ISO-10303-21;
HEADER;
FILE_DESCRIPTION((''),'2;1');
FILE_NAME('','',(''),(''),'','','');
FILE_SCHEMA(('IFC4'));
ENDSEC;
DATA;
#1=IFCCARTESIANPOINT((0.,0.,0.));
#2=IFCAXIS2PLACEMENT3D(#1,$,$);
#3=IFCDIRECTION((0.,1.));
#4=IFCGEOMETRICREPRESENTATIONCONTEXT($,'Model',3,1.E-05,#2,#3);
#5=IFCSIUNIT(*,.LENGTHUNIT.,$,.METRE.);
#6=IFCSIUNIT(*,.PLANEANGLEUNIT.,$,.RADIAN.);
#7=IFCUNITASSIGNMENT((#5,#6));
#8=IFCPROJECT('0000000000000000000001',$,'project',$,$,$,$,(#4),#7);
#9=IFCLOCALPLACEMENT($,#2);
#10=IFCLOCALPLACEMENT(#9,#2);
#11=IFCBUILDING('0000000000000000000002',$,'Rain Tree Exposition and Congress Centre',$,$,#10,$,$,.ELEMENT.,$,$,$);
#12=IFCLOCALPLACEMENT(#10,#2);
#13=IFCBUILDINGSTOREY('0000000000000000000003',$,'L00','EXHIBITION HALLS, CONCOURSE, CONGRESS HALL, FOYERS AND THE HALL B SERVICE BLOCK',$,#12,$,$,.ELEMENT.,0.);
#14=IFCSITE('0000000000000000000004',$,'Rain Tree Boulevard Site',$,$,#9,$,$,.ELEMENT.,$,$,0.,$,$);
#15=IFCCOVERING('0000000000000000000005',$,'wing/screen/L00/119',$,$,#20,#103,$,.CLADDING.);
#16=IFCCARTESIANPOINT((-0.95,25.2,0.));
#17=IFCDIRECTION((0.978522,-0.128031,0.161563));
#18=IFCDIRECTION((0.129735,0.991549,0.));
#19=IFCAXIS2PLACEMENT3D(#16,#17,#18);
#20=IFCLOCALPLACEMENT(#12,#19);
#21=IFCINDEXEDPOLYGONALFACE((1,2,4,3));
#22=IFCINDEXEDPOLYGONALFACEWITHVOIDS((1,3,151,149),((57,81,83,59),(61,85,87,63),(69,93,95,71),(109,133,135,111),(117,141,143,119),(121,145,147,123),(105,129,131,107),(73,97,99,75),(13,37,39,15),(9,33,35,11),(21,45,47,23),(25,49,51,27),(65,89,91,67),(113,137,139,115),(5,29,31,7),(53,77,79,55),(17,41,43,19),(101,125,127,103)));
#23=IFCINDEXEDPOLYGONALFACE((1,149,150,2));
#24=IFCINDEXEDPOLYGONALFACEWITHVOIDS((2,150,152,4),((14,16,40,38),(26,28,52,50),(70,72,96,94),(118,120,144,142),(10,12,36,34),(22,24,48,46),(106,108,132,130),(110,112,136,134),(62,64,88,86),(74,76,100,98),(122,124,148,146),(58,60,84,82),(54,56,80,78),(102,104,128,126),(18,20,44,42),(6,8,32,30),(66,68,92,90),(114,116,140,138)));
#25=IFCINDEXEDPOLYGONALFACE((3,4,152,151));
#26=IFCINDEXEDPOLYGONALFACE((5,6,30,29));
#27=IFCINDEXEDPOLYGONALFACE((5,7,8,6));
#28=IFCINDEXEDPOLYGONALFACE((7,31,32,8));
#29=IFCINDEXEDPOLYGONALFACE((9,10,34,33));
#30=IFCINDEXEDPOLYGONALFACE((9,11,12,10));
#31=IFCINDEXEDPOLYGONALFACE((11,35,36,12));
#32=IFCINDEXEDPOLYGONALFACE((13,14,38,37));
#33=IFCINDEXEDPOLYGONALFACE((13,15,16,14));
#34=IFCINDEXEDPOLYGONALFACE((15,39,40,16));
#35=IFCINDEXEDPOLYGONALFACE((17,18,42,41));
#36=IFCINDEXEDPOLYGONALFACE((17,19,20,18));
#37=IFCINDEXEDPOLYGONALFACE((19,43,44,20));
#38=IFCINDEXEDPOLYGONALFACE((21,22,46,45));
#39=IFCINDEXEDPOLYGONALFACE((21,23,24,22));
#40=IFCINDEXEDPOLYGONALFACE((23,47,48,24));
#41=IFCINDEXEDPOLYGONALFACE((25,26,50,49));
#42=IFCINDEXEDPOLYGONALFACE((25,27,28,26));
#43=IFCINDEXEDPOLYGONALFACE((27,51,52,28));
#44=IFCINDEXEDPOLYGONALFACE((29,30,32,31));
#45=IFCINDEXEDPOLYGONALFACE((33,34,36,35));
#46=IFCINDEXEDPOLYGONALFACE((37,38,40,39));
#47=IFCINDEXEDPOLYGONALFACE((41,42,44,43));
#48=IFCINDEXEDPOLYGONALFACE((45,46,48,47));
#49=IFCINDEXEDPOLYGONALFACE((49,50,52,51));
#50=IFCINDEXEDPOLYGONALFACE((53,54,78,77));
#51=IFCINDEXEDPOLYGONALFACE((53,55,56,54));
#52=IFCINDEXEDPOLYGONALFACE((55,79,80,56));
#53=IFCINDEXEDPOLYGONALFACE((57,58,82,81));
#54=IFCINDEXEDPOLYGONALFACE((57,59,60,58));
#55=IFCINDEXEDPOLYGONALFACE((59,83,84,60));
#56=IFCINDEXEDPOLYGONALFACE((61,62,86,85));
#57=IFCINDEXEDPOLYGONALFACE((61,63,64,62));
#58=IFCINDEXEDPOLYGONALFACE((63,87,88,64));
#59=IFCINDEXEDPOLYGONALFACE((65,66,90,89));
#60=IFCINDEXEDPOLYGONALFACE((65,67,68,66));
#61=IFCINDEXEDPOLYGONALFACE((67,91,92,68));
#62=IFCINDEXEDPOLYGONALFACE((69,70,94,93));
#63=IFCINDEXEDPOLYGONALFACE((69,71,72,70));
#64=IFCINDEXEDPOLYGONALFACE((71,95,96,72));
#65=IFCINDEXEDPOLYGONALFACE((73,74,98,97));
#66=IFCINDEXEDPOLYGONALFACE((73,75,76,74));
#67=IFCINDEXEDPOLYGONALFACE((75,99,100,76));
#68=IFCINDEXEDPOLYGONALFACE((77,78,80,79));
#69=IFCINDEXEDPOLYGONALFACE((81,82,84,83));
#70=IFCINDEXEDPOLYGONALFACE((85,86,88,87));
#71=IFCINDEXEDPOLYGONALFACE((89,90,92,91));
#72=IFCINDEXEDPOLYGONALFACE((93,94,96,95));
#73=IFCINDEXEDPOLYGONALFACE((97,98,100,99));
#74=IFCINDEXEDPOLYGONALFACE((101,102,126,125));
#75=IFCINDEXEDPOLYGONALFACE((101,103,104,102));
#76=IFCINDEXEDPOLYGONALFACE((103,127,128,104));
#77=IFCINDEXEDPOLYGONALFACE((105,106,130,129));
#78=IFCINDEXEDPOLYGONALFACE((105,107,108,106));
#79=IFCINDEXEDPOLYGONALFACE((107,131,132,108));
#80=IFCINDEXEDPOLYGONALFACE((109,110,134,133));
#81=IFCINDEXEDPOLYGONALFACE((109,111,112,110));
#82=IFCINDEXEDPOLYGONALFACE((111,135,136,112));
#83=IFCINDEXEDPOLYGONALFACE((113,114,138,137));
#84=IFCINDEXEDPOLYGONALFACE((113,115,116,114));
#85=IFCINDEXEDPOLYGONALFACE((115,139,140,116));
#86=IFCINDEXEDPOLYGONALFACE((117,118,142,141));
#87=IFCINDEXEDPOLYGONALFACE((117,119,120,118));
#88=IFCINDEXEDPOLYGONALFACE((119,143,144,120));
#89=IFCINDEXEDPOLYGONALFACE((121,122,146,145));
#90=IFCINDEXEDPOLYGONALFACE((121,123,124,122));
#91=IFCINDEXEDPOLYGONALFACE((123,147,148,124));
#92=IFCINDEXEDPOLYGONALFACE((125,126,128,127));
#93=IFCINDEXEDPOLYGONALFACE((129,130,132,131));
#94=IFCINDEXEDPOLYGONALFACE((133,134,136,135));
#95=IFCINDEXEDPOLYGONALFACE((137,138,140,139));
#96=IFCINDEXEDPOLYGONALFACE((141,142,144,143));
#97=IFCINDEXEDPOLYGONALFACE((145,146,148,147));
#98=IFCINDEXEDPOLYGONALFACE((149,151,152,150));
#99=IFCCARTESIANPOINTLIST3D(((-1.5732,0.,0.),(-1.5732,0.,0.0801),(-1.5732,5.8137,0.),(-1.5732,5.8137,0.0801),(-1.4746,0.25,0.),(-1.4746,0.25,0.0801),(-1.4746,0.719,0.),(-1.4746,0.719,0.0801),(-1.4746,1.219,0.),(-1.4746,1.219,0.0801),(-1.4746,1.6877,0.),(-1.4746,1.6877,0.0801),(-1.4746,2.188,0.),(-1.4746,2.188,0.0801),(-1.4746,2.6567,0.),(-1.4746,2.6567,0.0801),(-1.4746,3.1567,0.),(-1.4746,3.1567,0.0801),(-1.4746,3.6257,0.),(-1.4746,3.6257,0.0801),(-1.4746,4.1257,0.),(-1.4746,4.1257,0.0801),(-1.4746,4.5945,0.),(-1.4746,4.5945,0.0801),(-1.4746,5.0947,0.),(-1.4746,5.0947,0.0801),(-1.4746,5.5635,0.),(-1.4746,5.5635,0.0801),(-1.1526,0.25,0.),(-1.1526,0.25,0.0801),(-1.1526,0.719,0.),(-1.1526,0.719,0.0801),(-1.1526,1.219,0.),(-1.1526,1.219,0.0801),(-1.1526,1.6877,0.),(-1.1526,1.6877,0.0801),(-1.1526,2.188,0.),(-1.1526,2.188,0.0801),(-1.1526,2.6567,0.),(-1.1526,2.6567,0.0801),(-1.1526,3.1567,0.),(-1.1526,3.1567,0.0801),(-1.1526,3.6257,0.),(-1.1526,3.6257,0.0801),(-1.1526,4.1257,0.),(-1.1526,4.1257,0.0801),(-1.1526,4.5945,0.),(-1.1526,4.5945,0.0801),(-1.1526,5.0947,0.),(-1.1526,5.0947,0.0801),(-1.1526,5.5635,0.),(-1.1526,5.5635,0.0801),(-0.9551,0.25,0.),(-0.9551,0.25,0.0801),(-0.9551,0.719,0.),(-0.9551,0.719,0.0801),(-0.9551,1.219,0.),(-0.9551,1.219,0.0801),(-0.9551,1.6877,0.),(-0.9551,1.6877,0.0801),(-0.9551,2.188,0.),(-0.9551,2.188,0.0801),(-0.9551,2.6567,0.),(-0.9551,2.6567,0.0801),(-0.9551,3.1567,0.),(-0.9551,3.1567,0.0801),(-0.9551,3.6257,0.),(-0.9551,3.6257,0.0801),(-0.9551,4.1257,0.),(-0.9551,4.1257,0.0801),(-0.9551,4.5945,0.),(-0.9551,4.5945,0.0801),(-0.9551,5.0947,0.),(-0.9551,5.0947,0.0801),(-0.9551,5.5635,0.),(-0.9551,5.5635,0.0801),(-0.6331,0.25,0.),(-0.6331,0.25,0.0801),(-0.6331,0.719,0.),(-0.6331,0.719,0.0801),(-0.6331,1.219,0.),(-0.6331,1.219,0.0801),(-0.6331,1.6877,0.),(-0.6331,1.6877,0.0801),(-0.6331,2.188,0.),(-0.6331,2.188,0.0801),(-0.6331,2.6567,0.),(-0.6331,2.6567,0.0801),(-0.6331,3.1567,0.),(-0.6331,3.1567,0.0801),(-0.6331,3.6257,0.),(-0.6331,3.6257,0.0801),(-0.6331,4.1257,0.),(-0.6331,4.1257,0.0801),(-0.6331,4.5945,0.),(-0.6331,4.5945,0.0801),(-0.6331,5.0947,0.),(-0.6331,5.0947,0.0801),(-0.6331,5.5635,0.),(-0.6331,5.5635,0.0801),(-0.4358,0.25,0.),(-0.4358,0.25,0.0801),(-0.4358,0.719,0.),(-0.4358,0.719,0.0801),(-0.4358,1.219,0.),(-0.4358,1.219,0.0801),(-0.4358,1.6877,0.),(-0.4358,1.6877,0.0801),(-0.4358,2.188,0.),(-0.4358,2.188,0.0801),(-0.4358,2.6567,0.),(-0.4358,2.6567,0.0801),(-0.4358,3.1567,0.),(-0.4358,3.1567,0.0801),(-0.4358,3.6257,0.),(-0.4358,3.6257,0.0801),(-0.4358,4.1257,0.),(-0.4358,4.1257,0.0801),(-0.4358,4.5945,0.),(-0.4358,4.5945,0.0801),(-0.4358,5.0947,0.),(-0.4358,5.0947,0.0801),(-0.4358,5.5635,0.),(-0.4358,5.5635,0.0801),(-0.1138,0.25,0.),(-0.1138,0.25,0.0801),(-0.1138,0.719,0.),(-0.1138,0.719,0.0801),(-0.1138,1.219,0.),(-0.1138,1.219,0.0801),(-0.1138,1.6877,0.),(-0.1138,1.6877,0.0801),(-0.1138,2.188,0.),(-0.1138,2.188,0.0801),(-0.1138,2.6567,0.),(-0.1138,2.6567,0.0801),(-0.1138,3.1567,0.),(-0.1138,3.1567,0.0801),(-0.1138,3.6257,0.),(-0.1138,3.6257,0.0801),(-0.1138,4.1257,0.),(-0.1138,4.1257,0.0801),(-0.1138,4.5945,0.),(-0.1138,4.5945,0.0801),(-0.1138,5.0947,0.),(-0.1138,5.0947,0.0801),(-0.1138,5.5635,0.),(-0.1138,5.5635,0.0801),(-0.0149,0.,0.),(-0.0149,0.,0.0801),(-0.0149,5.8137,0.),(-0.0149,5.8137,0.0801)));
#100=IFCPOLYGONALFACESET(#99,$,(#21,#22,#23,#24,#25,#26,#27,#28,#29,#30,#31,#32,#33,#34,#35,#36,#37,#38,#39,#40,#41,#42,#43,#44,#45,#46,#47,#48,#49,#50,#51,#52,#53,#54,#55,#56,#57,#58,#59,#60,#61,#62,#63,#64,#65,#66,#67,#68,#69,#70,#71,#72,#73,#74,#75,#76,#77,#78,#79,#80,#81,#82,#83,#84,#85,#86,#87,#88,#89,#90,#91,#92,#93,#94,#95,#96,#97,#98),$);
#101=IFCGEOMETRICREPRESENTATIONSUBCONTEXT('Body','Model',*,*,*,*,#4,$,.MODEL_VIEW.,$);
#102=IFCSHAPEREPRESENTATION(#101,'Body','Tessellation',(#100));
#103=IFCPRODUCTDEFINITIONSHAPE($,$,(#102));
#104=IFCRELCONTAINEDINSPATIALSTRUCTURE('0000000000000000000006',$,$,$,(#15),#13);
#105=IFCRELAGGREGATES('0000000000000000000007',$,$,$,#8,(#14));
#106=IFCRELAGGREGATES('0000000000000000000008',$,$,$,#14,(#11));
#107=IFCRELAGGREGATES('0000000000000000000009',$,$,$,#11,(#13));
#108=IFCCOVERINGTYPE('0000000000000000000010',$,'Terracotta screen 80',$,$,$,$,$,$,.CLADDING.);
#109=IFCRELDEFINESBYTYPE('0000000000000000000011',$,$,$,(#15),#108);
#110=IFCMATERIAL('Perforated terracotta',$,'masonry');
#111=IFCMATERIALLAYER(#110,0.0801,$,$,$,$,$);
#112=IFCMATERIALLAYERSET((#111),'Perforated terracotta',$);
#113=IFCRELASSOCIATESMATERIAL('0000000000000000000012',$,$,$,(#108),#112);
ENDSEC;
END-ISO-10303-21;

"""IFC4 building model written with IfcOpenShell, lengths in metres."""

from ifc_helpers import new_model, si_unit, direction, frame, origin, place, context, subcontext, project, spatial, polyline, outline, extrude, material, layer, layer_set, type_object, element, save


model = new_model("IFC4")

# Units and contexts
model_context = context("Model", 3, precision=1e-05, world=origin(), true_north=direction((0.0, 1.0)))
body_context = subcontext(model_context, "Body", "Model", "MODEL_VIEW")
ifc_project = project(units=[si_unit("LENGTHUNIT", "METRE"), si_unit("PLANEANGLEUNIT", "RADIAN")], contexts=[model_context])

# Site, building, storey
site_placement = place(None, origin())
site = spatial("IfcSite", under=ifc_project, at=site_placement, Name="Rain Tree Boulevard Site", CompositionType="ELEMENT", RefElevation=0.0)
building_placement = place(site_placement, origin())
building = spatial("IfcBuilding", under=site, at=building_placement, Name="Rain Tree Exposition and Congress Centre", CompositionType="ELEMENT")
storey_placement = place(building_placement, origin())
storey = spatial("IfcBuildingStorey", under=building, at=storey_placement, Name="L00", Description="EXHIBITION HALLS, CONCOURSE, CONGRESS HALL, FOYERS AND THE HALL B SERVICE BLOCK", CompositionType="ELEMENT", Elevation=0.0)

# Covering
ifc_material_1 = material(Name="Perforated terracotta", Category="masonry")
ifc_layer_1 = layer(ifc_material_1, 0.0801)
ifc_layer_set_1 = layer_set([ifc_layer_1], Name="Perforated terracotta")
covering_type = type_object("IfcCoveringType", Name="Terracotta screen 80", PredefinedType="CLADDING", material=ifc_layer_set_1)
covering_1_placement = place(storey_placement, frame((-0.95, 25.2, 0.0), z_axis=(0.978522, -0.128031, 0.161563), x_axis=(0.129735, 0.991549, 0.0)))
element("IfcCovering", 1, at=covering_1_placement, inside=storey, type_object=covering_type, Name="wing/screen/L00/119", PredefinedType="CLADDING", context=body_context, shape_type="SweptSolid", body=[
    extrude(outline(polyline([(-1.5732, 0.0), (-1.5732, 5.8137), (-0.0149, 5.8137), (-0.0149, 0.0), (-1.5732, 0.0)]), holes=[polyline([(-0.1138, 0.25), (-0.1138, 0.719), (-0.4358, 0.719), (-0.4358, 0.25), (-0.1138, 0.25)]), polyline([(-0.1138, 1.219), (-0.1138, 1.6877), (-0.4358, 1.6877), (-0.4358, 1.219), (-0.1138, 1.219)]), polyline([(-0.1138, 2.188), (-0.1138, 2.6567), (-0.4358, 2.6567), (-0.4358, 2.188), (-0.1138, 2.188)]), polyline([(-0.1138, 3.1567), (-0.1138, 3.6257), (-0.4358, 3.6257), (-0.4358, 3.1567), (-0.1138, 3.1567)]), polyline([(-0.1138, 4.1257), (-0.1138, 4.5945), (-0.4358, 4.5945), (-0.4358, 4.1257), (-0.1138, 4.1257)]), polyline([(-0.1138, 5.0947), (-0.1138, 5.5635), (-0.4358, 5.5635), (-0.4358, 5.0947), (-0.1138, 5.0947)]), polyline([(-0.6331, 0.25), (-0.6331, 0.719), (-0.9551, 0.719), (-0.9551, 0.25), (-0.6331, 0.25)]), polyline([(-0.6331, 1.219), (-0.6331, 1.6877), (-0.9551, 1.6877), (-0.9551, 1.219), (-0.6331, 1.219)]), polyline([(-0.6331, 2.188), (-0.6331, 2.6567), (-0.9551, 2.6567), (-0.9551, 2.188), (-0.6331, 2.188)]), polyline([(-0.6331, 3.1567), (-0.6331, 3.6257), (-0.9551, 3.6257), (-0.9551, 3.1567), (-0.6331, 3.1567)]), polyline([(-0.6331, 4.1257), (-0.6331, 4.5945), (-0.9551, 4.5945), (-0.9551, 4.1257), (-0.6331, 4.1257)]), polyline([(-0.6331, 5.0947), (-0.6331, 5.5635), (-0.9551, 5.5635), (-0.9551, 5.0947), (-0.6331, 5.0947)]), polyline([(-1.1526, 0.25), (-1.1526, 0.719), (-1.4746, 0.719), (-1.4746, 0.25), (-1.1526, 0.25)]), polyline([(-1.1526, 1.219), (-1.1526, 1.6877), (-1.4746, 1.6877), (-1.4746, 1.219), (-1.1526, 1.219)]), polyline([(-1.1526, 2.188), (-1.1526, 2.6567), (-1.4746, 2.6567), (-1.4746, 2.188), (-1.1526, 2.188)]), polyline([(-1.1526, 3.1567), (-1.1526, 3.6257), (-1.4746, 3.6257), (-1.4746, 3.1567), (-1.1526, 3.1567)]), polyline([(-1.1526, 4.1257), (-1.1526, 4.5945), (-1.4746, 4.5945), (-1.4746, 4.1257), (-1.1526, 4.1257)]), polyline([(-1.1526, 5.0947), (-1.1526, 5.5635), (-1.4746, 5.5635), (-1.4746, 5.0947), (-1.1526, 5.0947)])]), origin(), (0.0, 0.0, 1.0), 0.0801),
])

save(model, "model.ifc")
